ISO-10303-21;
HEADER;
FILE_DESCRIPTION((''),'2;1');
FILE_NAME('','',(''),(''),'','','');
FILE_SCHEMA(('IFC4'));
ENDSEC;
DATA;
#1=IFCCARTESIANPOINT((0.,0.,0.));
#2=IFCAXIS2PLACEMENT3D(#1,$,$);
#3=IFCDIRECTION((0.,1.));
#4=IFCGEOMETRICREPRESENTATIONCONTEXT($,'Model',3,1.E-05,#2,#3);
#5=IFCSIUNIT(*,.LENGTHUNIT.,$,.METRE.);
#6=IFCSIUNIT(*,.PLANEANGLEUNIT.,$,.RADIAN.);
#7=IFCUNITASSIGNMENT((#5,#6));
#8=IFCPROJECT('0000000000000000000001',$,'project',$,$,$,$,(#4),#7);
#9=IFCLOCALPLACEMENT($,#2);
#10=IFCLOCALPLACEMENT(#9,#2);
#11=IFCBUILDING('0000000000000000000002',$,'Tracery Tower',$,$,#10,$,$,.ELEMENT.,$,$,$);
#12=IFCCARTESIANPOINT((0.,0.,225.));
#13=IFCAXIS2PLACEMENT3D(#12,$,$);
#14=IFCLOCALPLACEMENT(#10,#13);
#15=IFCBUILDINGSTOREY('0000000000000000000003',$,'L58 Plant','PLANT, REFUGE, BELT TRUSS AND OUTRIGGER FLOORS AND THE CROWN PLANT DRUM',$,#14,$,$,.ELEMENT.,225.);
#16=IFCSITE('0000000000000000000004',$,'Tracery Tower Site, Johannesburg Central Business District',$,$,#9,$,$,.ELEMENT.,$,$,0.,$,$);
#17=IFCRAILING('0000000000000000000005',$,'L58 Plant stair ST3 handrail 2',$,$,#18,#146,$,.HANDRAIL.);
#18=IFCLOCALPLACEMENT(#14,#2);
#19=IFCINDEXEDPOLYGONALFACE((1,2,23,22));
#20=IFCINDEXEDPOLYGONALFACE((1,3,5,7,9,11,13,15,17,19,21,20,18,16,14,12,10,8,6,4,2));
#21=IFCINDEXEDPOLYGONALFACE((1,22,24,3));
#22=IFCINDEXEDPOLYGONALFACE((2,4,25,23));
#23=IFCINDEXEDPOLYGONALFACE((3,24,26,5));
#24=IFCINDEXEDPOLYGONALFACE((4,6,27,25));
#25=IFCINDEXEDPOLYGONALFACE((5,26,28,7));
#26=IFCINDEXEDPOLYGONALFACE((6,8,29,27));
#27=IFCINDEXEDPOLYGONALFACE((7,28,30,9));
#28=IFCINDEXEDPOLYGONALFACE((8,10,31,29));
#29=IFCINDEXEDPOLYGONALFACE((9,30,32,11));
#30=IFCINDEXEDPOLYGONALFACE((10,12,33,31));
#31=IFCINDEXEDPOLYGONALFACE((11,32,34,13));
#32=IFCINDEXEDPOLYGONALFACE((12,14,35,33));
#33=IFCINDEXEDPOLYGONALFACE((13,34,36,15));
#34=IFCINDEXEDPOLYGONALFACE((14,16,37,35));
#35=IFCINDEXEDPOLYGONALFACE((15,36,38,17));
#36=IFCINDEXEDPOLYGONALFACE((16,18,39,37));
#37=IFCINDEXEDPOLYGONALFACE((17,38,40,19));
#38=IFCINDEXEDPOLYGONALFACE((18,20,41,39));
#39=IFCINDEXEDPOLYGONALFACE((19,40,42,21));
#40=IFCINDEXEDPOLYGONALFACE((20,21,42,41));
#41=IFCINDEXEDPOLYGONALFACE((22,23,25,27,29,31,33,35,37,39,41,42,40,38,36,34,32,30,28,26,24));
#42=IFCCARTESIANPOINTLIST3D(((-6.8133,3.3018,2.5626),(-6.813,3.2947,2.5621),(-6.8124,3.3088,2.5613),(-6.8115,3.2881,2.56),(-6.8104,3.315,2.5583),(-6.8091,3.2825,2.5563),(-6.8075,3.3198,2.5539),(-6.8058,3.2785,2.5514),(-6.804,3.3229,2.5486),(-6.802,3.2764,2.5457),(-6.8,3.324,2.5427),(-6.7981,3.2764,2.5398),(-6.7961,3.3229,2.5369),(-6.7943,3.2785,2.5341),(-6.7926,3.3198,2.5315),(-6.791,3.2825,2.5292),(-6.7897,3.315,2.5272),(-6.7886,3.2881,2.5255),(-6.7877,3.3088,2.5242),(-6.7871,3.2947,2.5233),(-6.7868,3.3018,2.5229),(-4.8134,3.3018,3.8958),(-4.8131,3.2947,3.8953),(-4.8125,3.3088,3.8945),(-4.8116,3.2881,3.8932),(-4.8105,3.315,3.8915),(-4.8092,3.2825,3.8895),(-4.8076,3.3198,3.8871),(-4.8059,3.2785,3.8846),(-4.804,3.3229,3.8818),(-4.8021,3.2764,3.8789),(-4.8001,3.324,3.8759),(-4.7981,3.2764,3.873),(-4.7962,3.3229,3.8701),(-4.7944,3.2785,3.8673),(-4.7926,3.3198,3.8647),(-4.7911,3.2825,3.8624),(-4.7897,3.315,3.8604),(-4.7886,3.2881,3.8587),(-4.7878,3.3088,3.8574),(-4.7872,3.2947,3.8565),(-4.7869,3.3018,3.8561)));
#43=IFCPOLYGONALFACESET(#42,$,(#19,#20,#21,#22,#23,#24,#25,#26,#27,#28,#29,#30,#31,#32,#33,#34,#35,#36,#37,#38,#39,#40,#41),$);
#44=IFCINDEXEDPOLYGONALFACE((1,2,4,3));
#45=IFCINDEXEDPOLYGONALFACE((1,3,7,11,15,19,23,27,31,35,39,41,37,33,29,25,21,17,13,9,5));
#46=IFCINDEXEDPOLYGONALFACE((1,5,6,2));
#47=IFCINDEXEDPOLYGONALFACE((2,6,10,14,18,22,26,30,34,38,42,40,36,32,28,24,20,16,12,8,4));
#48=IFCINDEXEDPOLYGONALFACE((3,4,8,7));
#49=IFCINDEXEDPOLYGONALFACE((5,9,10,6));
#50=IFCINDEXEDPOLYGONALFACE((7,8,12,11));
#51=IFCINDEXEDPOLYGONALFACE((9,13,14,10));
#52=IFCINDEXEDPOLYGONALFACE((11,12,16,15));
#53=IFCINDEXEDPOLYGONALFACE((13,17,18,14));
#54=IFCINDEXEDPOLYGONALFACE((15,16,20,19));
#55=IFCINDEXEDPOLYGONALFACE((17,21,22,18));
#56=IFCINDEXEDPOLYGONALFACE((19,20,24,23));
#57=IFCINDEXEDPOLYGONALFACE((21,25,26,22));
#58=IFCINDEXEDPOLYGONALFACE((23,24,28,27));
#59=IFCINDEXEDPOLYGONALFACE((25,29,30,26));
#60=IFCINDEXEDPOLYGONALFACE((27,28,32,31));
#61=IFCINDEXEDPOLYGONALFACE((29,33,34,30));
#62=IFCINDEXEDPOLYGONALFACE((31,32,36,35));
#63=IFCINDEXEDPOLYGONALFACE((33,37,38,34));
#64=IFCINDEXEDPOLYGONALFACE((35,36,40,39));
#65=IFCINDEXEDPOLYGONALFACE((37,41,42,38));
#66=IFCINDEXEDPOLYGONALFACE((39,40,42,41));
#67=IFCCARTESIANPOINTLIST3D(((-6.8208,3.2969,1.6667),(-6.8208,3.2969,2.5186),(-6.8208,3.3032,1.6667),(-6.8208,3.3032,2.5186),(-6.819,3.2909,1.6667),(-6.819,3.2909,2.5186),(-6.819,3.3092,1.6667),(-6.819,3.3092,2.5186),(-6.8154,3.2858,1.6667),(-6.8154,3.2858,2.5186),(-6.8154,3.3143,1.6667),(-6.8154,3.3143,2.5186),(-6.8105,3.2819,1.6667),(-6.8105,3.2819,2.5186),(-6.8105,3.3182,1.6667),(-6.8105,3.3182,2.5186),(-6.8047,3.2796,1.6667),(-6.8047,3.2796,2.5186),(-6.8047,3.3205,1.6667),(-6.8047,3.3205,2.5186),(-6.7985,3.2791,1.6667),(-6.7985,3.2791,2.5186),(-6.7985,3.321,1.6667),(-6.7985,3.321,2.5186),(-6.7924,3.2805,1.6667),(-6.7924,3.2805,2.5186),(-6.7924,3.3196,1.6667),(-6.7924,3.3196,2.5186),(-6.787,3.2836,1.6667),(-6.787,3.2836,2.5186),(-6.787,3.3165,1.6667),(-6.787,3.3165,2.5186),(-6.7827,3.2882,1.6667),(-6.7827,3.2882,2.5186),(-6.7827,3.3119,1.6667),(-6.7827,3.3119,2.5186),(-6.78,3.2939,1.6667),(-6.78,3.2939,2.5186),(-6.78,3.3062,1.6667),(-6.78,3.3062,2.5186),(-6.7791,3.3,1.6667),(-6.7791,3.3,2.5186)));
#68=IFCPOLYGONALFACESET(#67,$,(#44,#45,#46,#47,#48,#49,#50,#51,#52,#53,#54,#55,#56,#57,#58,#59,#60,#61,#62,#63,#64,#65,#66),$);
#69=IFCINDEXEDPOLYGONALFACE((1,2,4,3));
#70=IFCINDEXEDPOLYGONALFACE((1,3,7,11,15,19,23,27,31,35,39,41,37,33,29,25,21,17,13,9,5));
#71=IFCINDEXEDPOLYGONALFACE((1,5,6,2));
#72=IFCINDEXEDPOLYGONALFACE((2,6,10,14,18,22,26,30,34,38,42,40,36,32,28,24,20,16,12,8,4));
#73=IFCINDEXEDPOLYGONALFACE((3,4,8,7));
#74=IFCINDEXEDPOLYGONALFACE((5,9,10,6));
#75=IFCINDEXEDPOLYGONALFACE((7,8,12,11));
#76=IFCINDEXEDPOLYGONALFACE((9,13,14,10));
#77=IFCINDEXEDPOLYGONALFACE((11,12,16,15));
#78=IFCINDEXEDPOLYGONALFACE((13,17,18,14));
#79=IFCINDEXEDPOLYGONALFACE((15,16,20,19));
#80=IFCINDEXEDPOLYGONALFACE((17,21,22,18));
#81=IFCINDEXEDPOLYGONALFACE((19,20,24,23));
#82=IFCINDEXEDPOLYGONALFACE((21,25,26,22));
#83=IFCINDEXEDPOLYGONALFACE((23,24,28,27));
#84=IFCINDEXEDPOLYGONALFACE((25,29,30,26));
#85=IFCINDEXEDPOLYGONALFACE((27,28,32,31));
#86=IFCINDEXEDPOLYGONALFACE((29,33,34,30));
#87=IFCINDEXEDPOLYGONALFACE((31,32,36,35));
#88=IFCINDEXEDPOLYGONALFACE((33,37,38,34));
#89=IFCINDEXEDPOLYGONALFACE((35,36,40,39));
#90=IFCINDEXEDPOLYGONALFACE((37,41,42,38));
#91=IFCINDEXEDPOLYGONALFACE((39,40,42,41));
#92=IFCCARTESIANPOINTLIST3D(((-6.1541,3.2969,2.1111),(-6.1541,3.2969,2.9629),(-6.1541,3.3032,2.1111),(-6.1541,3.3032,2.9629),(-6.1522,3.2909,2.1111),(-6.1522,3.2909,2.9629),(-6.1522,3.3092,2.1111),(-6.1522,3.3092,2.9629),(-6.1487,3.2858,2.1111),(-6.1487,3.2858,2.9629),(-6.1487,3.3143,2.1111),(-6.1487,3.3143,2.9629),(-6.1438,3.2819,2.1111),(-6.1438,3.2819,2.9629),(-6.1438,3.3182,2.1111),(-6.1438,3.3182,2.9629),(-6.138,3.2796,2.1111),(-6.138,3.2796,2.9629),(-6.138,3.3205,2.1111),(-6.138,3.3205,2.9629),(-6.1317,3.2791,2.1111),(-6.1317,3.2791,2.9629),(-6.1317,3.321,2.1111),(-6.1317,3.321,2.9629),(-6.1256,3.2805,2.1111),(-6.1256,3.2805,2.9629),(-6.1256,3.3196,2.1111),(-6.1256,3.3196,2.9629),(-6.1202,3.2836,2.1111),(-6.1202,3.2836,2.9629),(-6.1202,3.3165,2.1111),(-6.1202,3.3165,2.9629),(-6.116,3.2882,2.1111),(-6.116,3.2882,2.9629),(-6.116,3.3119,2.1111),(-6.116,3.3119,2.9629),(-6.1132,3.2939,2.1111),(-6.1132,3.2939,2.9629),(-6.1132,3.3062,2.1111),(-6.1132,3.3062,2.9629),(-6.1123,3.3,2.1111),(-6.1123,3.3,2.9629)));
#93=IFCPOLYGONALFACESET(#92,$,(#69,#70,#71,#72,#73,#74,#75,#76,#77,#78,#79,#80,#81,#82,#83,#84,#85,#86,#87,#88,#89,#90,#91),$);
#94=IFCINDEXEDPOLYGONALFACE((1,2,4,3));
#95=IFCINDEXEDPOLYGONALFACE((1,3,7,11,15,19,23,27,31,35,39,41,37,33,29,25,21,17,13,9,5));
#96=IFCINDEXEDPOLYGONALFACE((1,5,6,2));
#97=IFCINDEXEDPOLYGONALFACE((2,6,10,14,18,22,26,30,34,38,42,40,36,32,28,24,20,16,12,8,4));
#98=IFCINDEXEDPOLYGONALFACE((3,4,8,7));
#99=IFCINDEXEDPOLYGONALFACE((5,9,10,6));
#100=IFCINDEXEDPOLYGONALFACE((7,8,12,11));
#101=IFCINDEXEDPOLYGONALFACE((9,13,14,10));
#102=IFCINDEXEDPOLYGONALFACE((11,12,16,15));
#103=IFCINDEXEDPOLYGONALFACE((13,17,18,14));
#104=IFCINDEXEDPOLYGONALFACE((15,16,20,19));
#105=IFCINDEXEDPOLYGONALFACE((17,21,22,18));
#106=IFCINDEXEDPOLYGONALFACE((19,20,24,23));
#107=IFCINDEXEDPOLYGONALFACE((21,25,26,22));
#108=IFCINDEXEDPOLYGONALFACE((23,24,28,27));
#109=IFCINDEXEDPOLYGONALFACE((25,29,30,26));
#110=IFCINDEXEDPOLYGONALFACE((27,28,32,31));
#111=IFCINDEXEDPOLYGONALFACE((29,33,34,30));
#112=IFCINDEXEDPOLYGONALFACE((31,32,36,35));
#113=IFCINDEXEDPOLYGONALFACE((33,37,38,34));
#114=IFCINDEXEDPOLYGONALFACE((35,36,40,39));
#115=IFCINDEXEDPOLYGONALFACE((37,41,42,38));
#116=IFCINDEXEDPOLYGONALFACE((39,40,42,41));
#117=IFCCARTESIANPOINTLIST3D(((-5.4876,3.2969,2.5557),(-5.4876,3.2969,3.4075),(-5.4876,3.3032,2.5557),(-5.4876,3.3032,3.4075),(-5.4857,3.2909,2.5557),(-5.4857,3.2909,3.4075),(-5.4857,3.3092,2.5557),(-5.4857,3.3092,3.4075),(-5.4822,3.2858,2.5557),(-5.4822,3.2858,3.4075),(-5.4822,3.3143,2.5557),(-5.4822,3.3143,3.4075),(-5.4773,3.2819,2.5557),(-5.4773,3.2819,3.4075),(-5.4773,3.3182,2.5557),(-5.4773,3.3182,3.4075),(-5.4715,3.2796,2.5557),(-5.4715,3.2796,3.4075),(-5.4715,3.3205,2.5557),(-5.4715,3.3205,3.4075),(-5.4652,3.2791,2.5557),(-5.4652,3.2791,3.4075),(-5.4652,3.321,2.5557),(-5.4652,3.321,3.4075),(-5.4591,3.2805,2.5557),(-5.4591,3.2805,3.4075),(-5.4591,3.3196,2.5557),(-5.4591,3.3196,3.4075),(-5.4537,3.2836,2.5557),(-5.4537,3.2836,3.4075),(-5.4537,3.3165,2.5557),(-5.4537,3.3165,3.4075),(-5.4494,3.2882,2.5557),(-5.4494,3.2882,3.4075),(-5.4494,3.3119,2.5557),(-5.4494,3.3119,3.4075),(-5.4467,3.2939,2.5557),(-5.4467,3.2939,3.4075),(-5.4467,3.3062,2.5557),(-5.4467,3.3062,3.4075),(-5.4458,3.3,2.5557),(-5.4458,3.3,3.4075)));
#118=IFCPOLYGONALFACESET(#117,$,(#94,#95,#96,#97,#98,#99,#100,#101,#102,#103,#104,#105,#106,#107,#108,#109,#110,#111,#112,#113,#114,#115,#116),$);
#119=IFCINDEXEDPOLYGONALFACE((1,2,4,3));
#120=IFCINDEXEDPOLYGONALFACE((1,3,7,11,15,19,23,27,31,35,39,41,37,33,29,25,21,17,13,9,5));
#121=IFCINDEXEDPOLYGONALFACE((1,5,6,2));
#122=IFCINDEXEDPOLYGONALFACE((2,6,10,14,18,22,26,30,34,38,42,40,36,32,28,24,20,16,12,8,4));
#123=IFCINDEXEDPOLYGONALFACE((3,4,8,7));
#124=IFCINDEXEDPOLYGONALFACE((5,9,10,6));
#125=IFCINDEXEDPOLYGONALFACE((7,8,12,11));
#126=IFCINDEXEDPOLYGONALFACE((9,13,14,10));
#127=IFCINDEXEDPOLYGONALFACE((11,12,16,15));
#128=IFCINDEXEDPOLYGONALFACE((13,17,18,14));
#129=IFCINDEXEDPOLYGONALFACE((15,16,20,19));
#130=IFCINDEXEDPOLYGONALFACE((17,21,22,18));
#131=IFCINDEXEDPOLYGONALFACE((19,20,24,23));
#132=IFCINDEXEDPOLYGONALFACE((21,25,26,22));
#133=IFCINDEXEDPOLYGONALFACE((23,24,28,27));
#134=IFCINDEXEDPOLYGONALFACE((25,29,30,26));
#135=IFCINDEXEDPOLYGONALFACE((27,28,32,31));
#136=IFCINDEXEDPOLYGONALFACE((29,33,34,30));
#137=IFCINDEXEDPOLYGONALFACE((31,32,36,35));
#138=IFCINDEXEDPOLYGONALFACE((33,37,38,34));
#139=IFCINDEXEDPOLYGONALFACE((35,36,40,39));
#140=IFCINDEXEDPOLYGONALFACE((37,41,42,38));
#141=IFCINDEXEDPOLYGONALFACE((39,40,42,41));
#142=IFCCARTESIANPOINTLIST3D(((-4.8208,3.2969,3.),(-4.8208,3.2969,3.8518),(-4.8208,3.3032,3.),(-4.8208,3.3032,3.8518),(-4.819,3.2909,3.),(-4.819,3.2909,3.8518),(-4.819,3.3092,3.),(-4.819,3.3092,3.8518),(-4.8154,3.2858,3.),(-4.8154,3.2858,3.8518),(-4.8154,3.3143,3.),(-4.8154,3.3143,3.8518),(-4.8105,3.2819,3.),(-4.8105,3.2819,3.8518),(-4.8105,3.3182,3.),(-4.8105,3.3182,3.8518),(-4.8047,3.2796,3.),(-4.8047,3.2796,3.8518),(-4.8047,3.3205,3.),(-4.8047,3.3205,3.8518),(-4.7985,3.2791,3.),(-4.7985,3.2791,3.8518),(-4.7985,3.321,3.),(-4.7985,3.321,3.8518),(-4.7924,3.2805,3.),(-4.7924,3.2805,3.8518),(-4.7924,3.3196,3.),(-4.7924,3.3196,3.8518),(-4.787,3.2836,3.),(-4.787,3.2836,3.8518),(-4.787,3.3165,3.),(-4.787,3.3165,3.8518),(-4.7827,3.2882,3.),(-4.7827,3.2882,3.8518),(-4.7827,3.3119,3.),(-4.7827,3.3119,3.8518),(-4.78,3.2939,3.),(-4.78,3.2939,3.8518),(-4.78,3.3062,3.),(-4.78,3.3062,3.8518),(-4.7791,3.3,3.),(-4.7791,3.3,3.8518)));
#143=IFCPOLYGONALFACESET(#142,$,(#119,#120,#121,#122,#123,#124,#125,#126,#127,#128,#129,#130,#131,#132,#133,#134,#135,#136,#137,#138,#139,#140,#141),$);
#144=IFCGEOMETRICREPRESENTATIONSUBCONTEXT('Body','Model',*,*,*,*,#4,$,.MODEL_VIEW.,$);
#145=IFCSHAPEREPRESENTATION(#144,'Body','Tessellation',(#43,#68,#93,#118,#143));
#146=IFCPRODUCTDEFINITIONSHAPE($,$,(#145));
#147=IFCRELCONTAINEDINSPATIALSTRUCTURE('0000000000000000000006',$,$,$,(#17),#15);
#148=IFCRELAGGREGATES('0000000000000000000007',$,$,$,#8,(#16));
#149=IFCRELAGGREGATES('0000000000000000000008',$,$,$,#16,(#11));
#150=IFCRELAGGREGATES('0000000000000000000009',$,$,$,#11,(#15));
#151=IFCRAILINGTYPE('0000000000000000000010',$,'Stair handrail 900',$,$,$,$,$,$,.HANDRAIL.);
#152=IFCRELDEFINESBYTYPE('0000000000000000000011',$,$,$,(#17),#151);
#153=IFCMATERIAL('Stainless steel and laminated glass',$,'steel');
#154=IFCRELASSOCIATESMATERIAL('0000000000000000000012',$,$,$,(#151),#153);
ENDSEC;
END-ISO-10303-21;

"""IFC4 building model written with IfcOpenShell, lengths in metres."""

from ifc_helpers import new_model, si_unit, direction, frame, origin, origin_2d, place, context, subcontext, project, spatial, circle, extrude, material, type_object, element, save


model = new_model("IFC4")

# Units and contexts
model_context = context("Model", 3, precision=1e-05, world=origin(), true_north=direction((0.0, 1.0)))
body_context = subcontext(model_context, "Body", "Model", "MODEL_VIEW")
ifc_project = project(units=[si_unit("LENGTHUNIT", "METRE"), si_unit("PLANEANGLEUNIT", "RADIAN")], contexts=[model_context])

# Site, building, storey
site_placement = place(None, origin())
site = spatial("IfcSite", under=ifc_project, at=site_placement, Name="Tracery Tower Site, Johannesburg Central Business District", CompositionType="ELEMENT", RefElevation=0.0)
building_placement = place(site_placement, origin())
building = spatial("IfcBuilding", under=site, at=building_placement, Name="Tracery Tower", CompositionType="ELEMENT")
storey_placement = place(building_placement, frame((0.0, 0.0, 225.0)))
storey = spatial("IfcBuildingStorey", under=building, at=storey_placement, Name="L58 Plant", Description="PLANT, REFUGE, BELT TRUSS AND OUTRIGGER FLOORS AND THE CROWN PLANT DRUM", CompositionType="ELEMENT", Elevation=225.0)

# Railing
ifc_material_1 = material(Name="Stainless steel and laminated glass", Category="steel")
railing_type_1 = type_object("IfcRailingType", Name="Stair handrail 900", PredefinedType="HANDRAIL", material=ifc_material_1)
railing_1_placement = place(storey_placement, frame((-6.8, 3.3, 1.6667)))
element("IfcRailing", 1, at=railing_1_placement, inside=storey, type_object=railing_type_1, Name="L58 Plant stair ST3 handrail 2", PredefinedType="HANDRAIL", context=body_context, shape_type="SweptSolid", body=[
    extrude(circle(Radius=0.0239, at=origin_2d()), frame((0.0, 0.0, 0.876), z_axis=(0.832066, 0.0, 0.554677), x_axis=(0.0, 1.0, 0.0)), (0.0, 0.0, 1.0), 2.4036),
    extrude(circle(Radius=0.021, at=origin_2d()), origin(), (0.0, 0.0, 1.0), 0.8518),
    extrude(circle(Radius=0.021, at=origin_2d()), frame((0.6667, 0.0, 0.4443)), (0.0, 0.0, 1.0), 0.8518),
    extrude(circle(Radius=0.021, at=origin_2d()), frame((1.3333, 0.0, 0.8889)), (0.0, 0.0, 1.0), 0.8518),
    extrude(circle(Radius=0.021, at=origin_2d()), frame((2.0, 0.0, 1.3333)), (0.0, 0.0, 1.0), 0.8518),
])

save(model, "model.ifc")
